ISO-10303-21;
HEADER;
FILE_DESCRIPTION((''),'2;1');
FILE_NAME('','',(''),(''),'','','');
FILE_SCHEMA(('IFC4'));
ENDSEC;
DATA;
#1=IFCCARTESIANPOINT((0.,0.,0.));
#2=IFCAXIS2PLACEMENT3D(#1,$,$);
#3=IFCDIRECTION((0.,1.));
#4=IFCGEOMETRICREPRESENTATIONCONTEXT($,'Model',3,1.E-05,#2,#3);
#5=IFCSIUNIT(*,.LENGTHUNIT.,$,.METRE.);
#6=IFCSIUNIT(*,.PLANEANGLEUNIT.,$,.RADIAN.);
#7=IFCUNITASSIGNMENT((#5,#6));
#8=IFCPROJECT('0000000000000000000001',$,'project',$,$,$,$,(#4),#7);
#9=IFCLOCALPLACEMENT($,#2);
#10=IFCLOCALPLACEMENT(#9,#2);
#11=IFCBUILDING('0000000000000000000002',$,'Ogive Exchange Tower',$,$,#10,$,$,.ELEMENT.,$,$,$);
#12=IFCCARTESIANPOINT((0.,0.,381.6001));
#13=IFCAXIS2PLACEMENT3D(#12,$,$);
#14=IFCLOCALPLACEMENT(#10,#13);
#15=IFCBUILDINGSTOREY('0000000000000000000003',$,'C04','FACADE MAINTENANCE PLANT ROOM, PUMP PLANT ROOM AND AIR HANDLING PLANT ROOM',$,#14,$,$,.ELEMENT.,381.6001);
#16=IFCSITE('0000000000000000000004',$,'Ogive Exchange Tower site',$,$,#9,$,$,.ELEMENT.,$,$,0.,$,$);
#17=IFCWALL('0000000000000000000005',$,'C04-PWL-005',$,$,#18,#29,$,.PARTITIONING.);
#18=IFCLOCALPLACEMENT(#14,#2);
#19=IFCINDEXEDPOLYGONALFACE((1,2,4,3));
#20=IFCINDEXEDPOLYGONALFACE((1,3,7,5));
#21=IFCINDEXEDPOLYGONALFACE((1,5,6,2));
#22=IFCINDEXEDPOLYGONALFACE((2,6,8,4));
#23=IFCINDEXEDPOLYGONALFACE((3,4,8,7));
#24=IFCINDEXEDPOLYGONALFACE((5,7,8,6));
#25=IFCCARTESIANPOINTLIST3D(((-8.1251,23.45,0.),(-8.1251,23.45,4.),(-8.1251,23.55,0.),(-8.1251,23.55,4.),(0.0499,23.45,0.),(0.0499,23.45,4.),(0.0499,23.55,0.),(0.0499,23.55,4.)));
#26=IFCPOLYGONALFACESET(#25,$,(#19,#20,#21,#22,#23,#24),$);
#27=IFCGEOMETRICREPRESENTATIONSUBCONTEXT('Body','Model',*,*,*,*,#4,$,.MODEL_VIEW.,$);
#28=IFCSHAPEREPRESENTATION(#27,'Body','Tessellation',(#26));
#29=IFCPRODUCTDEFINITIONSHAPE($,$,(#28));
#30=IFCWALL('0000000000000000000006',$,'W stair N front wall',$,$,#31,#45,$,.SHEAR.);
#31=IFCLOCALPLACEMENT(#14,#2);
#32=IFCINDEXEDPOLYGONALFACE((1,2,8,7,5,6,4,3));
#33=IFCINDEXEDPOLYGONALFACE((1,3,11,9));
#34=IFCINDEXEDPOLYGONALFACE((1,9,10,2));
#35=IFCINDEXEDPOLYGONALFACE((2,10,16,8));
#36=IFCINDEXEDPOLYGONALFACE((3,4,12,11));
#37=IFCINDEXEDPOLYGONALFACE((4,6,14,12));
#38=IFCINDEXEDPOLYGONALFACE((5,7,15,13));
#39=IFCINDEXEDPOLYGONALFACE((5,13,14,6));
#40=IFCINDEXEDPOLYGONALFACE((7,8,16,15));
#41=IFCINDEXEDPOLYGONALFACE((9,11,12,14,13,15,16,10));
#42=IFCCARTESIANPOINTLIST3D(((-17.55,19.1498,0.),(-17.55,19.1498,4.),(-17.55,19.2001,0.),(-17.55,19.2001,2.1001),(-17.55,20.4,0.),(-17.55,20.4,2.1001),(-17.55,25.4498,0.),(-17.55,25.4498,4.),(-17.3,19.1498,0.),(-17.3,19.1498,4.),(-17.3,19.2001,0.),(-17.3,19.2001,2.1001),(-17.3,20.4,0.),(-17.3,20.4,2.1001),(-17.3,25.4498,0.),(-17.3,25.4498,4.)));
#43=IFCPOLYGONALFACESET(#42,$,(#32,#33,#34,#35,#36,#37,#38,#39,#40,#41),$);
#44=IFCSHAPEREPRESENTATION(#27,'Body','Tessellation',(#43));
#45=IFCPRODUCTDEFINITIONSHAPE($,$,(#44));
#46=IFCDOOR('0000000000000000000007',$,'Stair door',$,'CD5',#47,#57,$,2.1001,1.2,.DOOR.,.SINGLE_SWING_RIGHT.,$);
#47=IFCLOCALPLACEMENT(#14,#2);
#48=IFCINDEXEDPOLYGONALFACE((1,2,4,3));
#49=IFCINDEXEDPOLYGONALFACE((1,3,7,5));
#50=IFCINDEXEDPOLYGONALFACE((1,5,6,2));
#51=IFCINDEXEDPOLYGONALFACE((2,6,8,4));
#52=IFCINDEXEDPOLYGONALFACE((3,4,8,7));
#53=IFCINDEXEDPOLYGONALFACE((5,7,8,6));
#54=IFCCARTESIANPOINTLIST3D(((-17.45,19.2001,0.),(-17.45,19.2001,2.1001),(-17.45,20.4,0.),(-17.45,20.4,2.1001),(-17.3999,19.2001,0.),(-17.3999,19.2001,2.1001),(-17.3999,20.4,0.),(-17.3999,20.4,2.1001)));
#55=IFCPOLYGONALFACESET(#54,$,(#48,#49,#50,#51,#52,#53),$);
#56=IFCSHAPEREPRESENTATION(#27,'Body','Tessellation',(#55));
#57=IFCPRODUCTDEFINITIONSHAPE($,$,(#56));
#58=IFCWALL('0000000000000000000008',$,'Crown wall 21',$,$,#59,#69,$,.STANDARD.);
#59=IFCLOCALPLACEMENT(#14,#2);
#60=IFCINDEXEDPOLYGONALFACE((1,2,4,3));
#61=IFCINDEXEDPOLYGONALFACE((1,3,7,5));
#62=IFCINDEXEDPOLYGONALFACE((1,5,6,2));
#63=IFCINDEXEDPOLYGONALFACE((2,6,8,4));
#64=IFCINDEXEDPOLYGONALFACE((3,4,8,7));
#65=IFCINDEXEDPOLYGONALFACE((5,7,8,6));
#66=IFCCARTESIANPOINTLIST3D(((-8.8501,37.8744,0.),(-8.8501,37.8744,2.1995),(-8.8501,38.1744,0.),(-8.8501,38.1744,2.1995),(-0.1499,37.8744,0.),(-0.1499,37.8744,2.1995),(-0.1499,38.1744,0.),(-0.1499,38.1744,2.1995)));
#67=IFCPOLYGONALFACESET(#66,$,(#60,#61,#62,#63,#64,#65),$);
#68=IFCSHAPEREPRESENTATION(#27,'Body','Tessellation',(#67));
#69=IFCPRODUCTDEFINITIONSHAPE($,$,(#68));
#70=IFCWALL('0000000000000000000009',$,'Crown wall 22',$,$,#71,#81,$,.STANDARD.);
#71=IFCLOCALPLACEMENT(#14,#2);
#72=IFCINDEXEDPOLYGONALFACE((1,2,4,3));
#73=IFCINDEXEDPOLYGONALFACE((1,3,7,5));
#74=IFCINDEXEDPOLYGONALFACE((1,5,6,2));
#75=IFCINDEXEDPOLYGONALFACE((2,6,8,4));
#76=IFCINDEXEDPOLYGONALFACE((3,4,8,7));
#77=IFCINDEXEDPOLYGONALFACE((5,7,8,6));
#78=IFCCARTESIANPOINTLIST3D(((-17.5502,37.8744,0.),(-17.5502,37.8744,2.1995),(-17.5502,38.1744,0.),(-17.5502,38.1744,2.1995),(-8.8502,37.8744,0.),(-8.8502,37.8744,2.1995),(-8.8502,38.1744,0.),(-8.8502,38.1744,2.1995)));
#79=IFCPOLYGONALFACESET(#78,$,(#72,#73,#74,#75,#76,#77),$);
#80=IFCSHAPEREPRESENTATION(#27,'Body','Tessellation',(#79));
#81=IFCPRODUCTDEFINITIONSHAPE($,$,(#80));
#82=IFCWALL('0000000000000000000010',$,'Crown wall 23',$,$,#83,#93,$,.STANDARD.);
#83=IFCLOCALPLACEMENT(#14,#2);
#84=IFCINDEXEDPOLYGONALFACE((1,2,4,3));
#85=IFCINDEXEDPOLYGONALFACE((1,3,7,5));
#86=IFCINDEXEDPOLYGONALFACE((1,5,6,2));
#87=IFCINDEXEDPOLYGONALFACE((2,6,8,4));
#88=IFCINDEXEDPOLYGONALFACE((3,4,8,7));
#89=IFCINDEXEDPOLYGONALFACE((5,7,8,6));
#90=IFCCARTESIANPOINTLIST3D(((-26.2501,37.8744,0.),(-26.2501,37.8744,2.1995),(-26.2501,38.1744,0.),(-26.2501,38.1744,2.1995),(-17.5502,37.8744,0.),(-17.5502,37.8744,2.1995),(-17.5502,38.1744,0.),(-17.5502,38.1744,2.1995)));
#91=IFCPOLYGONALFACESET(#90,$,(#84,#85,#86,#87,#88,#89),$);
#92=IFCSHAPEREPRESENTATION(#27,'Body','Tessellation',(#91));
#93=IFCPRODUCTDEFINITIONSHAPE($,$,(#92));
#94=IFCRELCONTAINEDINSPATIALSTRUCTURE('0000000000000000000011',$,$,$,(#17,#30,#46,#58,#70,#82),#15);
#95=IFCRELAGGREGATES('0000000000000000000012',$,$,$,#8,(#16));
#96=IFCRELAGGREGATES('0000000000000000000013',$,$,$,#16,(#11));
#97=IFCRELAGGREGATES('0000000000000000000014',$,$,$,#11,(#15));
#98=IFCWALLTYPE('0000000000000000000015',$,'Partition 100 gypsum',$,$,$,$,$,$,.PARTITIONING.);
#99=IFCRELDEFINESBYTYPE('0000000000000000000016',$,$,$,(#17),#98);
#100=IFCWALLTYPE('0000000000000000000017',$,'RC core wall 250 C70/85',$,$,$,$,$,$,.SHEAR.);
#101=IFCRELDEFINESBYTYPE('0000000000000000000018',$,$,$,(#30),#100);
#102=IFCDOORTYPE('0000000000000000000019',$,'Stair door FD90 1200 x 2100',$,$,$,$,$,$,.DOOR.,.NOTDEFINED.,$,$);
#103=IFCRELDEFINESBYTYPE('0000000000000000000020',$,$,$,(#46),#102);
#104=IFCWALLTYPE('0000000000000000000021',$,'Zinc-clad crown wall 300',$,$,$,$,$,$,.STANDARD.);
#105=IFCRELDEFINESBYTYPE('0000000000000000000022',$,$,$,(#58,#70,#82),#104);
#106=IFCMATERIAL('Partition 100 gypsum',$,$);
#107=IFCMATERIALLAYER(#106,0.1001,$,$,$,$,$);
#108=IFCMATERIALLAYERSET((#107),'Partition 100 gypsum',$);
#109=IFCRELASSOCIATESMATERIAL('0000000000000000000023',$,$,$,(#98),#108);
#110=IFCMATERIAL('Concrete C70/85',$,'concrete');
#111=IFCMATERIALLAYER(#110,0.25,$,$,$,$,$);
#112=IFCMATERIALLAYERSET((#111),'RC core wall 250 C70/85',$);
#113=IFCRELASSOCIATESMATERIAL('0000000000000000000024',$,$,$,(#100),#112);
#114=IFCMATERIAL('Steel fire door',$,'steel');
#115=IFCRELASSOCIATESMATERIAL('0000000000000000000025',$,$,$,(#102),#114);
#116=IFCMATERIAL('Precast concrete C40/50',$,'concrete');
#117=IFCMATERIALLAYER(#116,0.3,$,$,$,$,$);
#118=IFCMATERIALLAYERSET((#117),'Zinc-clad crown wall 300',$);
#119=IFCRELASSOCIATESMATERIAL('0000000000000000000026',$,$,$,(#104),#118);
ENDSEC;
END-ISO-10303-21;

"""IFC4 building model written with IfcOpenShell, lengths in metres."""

from ifc_helpers import new_model, si_unit, direction, frame, frame_2d, origin, place, context, subcontext, project, spatial, rectangle, extrude, material, layer, layer_set, type_object, element, fill, save


model = new_model("IFC4")

# Units and contexts
model_context = context("Model", 3, precision=1e-05, world=origin(), true_north=direction((0.0, 1.0)))
body_context = subcontext(model_context, "Body", "Model", "MODEL_VIEW")
ifc_project = project(units=[si_unit("LENGTHUNIT", "METRE"), si_unit("PLANEANGLEUNIT", "RADIAN")], contexts=[model_context])

# Site, building, storey
site_placement = place(None, origin())
site = spatial("IfcSite", under=ifc_project, at=site_placement, Name="Ogive Exchange Tower site", CompositionType="ELEMENT", RefElevation=0.0)
building_placement = place(site_placement, origin())
building = spatial("IfcBuilding", under=site, at=building_placement, Name="Ogive Exchange Tower", CompositionType="ELEMENT")
storey_placement = place(building_placement, frame((0.0, 0.0, 381.6001)))
storey = spatial("IfcBuildingStorey", under=building, at=storey_placement, Name="C04", Description="FACADE MAINTENANCE PLANT ROOM, PUMP PLANT ROOM AND AIR HANDLING PLANT ROOM", CompositionType="ELEMENT", Elevation=381.6001)

# Wall
ifc_material_1 = material(Name="Partition 100 gypsum")
ifc_layer_1 = layer(ifc_material_1, 0.1001)
ifc_layer_set_1 = layer_set([ifc_layer_1], Name="Partition 100 gypsum")
wall_type_1 = type_object("IfcWallType", Name="Partition 100 gypsum", PredefinedType="PARTITIONING", material=ifc_layer_set_1)
wall_1_placement = place(storey_placement, frame((-8.125, 23.5, 0.0), z_axis=(0.0, 0.0, 1.0), x_axis=(1.0, 0.0, 0.0)))
element("IfcWall", 1, at=wall_1_placement, inside=storey, type_object=wall_type_1, Name="C04-PWL-005", PredefinedType="PARTITIONING", context=body_context, shape_type="SweptSolid", body=[
    extrude(rectangle(XDim=8.175, YDim=0.1001, at=frame_2d((4.0874, 0.0))), origin(), (0.0, 0.0, 1.0), 4.0),
])

# Wall, opening, door
ifc_material_2 = material(Name="Concrete C70/85", Category="concrete")
ifc_layer_2 = layer(ifc_material_2, 0.25)
ifc_layer_set_2 = layer_set([ifc_layer_2], Name="RC core wall 250 C70/85")
wall_type_2 = type_object("IfcWallType", Name="RC core wall 250 C70/85", PredefinedType="SHEAR", material=ifc_layer_set_2)
wall_2_placement = place(storey_placement, frame((-17.425, 19.1499, 0.0), z_axis=(0.0, 0.0, 1.0), x_axis=(0.0, 1.0, 0.0)))
wall_2 = element("IfcWall", 2, at=wall_2_placement, inside=storey, type_object=wall_type_2, Name="W stair N front wall", PredefinedType="SHEAR", context=body_context, shape_type="SweptSolid", body=[
    extrude(rectangle(XDim=6.3, YDim=0.25, at=frame_2d((3.1499, 0.0))), origin(), (0.0, 0.0, 1.0), 4.0),
])
opening_1_placement = place(wall_2_placement, frame((0.05, 0.0, 0.0)))
opening_1 = element("IfcOpeningElement", 3, at=opening_1_placement, cuts=wall_2, PredefinedType="OPENING", context=body_context, shape_type="SweptSolid", body=[
    extrude(rectangle(XDim=1.2, YDim=2.1001, at=frame_2d((0.6001, 1.05))), frame((0.0, 0.135, 0.0), z_axis=(0.0, -1.0, 0.0), x_axis=(1.0, 0.0, 0.0)), (0.0, 0.0, 1.0), 0.27),
])
ifc_material_3 = material(Name="Steel fire door", Category="steel")
door_type_1 = type_object("IfcDoorType", Name="Stair door FD90 1200 x 2100", OperationType="NOTDEFINED", PredefinedType="DOOR", material=ifc_material_3)
door_1_placement = place(opening_1_placement, origin())
door_1 = element("IfcDoor", 4, at=door_1_placement, inside=storey, type_object=door_type_1, Name="Stair door", ObjectType="CD5", OperationType="SINGLE_SWING_RIGHT", OverallHeight=2.1001, OverallWidth=1.2, PredefinedType="DOOR", context=body_context, shape_type="SweptSolid", body=[
    extrude(rectangle(XDim=1.2, YDim=2.1001, at=frame_2d((0.6001, 1.05))), frame((0.0, 0.0249, 0.0), z_axis=(0.0, -1.0, 0.0), x_axis=(1.0, 0.0, 0.0)), (0.0, 0.0, 1.0), 0.05),
])
fill(opening_1, door_1)

# Walls
ifc_material_4 = material(Name="Precast concrete C40/50", Category="concrete")
ifc_layer_3 = layer(ifc_material_4, 0.3)
ifc_layer_set_3 = layer_set([ifc_layer_3], Name="Zinc-clad crown wall 300")
wall_type_3 = type_object("IfcWallType", Name="Zinc-clad crown wall 300", PredefinedType="STANDARD", material=ifc_layer_set_3)
wall_3_placement = place(storey_placement, frame((-0.1499, 38.0244, 0.0), z_axis=(0.0, 0.0, 1.0), x_axis=(-1.0, 0.0, 0.0)))
element("IfcWall", 5, at=wall_3_placement, inside=storey, type_object=wall_type_3, Name="Crown wall 21", PredefinedType="STANDARD", context=body_context, shape_type="SweptSolid", body=[
    extrude(rectangle(XDim=8.7002, YDim=0.3, at=frame_2d((4.3501, 0.0))), origin(), (0.0, 0.0, 1.0), 2.1995),
])
for number, where, z_axis, x_axis, name in (
    (6, (-8.8501, 38.0244, 0.0), (0.0, 0.0, 1.0), (-1.0, 0.0, 0.0), "Crown wall 22"),
    (7, (-17.55, 38.0244, 0.0), (0.0, 0.0, 1.0), (-1.0, 0.0, 0.0), "Crown wall 23"),
):
    element("IfcWall", number, at=place(storey_placement, frame(where, z_axis=z_axis, x_axis=x_axis)), inside=storey, type_object=wall_type_3, Name=name, PredefinedType="STANDARD", context=body_context, shape_type="SweptSolid", body=[
        extrude(rectangle(XDim=8.7, YDim=0.3, at=frame_2d((4.3501, 0.0))), origin(), (0.0, 0.0, 1.0), 2.1995),
    ])

save(model, "model.ifc")
